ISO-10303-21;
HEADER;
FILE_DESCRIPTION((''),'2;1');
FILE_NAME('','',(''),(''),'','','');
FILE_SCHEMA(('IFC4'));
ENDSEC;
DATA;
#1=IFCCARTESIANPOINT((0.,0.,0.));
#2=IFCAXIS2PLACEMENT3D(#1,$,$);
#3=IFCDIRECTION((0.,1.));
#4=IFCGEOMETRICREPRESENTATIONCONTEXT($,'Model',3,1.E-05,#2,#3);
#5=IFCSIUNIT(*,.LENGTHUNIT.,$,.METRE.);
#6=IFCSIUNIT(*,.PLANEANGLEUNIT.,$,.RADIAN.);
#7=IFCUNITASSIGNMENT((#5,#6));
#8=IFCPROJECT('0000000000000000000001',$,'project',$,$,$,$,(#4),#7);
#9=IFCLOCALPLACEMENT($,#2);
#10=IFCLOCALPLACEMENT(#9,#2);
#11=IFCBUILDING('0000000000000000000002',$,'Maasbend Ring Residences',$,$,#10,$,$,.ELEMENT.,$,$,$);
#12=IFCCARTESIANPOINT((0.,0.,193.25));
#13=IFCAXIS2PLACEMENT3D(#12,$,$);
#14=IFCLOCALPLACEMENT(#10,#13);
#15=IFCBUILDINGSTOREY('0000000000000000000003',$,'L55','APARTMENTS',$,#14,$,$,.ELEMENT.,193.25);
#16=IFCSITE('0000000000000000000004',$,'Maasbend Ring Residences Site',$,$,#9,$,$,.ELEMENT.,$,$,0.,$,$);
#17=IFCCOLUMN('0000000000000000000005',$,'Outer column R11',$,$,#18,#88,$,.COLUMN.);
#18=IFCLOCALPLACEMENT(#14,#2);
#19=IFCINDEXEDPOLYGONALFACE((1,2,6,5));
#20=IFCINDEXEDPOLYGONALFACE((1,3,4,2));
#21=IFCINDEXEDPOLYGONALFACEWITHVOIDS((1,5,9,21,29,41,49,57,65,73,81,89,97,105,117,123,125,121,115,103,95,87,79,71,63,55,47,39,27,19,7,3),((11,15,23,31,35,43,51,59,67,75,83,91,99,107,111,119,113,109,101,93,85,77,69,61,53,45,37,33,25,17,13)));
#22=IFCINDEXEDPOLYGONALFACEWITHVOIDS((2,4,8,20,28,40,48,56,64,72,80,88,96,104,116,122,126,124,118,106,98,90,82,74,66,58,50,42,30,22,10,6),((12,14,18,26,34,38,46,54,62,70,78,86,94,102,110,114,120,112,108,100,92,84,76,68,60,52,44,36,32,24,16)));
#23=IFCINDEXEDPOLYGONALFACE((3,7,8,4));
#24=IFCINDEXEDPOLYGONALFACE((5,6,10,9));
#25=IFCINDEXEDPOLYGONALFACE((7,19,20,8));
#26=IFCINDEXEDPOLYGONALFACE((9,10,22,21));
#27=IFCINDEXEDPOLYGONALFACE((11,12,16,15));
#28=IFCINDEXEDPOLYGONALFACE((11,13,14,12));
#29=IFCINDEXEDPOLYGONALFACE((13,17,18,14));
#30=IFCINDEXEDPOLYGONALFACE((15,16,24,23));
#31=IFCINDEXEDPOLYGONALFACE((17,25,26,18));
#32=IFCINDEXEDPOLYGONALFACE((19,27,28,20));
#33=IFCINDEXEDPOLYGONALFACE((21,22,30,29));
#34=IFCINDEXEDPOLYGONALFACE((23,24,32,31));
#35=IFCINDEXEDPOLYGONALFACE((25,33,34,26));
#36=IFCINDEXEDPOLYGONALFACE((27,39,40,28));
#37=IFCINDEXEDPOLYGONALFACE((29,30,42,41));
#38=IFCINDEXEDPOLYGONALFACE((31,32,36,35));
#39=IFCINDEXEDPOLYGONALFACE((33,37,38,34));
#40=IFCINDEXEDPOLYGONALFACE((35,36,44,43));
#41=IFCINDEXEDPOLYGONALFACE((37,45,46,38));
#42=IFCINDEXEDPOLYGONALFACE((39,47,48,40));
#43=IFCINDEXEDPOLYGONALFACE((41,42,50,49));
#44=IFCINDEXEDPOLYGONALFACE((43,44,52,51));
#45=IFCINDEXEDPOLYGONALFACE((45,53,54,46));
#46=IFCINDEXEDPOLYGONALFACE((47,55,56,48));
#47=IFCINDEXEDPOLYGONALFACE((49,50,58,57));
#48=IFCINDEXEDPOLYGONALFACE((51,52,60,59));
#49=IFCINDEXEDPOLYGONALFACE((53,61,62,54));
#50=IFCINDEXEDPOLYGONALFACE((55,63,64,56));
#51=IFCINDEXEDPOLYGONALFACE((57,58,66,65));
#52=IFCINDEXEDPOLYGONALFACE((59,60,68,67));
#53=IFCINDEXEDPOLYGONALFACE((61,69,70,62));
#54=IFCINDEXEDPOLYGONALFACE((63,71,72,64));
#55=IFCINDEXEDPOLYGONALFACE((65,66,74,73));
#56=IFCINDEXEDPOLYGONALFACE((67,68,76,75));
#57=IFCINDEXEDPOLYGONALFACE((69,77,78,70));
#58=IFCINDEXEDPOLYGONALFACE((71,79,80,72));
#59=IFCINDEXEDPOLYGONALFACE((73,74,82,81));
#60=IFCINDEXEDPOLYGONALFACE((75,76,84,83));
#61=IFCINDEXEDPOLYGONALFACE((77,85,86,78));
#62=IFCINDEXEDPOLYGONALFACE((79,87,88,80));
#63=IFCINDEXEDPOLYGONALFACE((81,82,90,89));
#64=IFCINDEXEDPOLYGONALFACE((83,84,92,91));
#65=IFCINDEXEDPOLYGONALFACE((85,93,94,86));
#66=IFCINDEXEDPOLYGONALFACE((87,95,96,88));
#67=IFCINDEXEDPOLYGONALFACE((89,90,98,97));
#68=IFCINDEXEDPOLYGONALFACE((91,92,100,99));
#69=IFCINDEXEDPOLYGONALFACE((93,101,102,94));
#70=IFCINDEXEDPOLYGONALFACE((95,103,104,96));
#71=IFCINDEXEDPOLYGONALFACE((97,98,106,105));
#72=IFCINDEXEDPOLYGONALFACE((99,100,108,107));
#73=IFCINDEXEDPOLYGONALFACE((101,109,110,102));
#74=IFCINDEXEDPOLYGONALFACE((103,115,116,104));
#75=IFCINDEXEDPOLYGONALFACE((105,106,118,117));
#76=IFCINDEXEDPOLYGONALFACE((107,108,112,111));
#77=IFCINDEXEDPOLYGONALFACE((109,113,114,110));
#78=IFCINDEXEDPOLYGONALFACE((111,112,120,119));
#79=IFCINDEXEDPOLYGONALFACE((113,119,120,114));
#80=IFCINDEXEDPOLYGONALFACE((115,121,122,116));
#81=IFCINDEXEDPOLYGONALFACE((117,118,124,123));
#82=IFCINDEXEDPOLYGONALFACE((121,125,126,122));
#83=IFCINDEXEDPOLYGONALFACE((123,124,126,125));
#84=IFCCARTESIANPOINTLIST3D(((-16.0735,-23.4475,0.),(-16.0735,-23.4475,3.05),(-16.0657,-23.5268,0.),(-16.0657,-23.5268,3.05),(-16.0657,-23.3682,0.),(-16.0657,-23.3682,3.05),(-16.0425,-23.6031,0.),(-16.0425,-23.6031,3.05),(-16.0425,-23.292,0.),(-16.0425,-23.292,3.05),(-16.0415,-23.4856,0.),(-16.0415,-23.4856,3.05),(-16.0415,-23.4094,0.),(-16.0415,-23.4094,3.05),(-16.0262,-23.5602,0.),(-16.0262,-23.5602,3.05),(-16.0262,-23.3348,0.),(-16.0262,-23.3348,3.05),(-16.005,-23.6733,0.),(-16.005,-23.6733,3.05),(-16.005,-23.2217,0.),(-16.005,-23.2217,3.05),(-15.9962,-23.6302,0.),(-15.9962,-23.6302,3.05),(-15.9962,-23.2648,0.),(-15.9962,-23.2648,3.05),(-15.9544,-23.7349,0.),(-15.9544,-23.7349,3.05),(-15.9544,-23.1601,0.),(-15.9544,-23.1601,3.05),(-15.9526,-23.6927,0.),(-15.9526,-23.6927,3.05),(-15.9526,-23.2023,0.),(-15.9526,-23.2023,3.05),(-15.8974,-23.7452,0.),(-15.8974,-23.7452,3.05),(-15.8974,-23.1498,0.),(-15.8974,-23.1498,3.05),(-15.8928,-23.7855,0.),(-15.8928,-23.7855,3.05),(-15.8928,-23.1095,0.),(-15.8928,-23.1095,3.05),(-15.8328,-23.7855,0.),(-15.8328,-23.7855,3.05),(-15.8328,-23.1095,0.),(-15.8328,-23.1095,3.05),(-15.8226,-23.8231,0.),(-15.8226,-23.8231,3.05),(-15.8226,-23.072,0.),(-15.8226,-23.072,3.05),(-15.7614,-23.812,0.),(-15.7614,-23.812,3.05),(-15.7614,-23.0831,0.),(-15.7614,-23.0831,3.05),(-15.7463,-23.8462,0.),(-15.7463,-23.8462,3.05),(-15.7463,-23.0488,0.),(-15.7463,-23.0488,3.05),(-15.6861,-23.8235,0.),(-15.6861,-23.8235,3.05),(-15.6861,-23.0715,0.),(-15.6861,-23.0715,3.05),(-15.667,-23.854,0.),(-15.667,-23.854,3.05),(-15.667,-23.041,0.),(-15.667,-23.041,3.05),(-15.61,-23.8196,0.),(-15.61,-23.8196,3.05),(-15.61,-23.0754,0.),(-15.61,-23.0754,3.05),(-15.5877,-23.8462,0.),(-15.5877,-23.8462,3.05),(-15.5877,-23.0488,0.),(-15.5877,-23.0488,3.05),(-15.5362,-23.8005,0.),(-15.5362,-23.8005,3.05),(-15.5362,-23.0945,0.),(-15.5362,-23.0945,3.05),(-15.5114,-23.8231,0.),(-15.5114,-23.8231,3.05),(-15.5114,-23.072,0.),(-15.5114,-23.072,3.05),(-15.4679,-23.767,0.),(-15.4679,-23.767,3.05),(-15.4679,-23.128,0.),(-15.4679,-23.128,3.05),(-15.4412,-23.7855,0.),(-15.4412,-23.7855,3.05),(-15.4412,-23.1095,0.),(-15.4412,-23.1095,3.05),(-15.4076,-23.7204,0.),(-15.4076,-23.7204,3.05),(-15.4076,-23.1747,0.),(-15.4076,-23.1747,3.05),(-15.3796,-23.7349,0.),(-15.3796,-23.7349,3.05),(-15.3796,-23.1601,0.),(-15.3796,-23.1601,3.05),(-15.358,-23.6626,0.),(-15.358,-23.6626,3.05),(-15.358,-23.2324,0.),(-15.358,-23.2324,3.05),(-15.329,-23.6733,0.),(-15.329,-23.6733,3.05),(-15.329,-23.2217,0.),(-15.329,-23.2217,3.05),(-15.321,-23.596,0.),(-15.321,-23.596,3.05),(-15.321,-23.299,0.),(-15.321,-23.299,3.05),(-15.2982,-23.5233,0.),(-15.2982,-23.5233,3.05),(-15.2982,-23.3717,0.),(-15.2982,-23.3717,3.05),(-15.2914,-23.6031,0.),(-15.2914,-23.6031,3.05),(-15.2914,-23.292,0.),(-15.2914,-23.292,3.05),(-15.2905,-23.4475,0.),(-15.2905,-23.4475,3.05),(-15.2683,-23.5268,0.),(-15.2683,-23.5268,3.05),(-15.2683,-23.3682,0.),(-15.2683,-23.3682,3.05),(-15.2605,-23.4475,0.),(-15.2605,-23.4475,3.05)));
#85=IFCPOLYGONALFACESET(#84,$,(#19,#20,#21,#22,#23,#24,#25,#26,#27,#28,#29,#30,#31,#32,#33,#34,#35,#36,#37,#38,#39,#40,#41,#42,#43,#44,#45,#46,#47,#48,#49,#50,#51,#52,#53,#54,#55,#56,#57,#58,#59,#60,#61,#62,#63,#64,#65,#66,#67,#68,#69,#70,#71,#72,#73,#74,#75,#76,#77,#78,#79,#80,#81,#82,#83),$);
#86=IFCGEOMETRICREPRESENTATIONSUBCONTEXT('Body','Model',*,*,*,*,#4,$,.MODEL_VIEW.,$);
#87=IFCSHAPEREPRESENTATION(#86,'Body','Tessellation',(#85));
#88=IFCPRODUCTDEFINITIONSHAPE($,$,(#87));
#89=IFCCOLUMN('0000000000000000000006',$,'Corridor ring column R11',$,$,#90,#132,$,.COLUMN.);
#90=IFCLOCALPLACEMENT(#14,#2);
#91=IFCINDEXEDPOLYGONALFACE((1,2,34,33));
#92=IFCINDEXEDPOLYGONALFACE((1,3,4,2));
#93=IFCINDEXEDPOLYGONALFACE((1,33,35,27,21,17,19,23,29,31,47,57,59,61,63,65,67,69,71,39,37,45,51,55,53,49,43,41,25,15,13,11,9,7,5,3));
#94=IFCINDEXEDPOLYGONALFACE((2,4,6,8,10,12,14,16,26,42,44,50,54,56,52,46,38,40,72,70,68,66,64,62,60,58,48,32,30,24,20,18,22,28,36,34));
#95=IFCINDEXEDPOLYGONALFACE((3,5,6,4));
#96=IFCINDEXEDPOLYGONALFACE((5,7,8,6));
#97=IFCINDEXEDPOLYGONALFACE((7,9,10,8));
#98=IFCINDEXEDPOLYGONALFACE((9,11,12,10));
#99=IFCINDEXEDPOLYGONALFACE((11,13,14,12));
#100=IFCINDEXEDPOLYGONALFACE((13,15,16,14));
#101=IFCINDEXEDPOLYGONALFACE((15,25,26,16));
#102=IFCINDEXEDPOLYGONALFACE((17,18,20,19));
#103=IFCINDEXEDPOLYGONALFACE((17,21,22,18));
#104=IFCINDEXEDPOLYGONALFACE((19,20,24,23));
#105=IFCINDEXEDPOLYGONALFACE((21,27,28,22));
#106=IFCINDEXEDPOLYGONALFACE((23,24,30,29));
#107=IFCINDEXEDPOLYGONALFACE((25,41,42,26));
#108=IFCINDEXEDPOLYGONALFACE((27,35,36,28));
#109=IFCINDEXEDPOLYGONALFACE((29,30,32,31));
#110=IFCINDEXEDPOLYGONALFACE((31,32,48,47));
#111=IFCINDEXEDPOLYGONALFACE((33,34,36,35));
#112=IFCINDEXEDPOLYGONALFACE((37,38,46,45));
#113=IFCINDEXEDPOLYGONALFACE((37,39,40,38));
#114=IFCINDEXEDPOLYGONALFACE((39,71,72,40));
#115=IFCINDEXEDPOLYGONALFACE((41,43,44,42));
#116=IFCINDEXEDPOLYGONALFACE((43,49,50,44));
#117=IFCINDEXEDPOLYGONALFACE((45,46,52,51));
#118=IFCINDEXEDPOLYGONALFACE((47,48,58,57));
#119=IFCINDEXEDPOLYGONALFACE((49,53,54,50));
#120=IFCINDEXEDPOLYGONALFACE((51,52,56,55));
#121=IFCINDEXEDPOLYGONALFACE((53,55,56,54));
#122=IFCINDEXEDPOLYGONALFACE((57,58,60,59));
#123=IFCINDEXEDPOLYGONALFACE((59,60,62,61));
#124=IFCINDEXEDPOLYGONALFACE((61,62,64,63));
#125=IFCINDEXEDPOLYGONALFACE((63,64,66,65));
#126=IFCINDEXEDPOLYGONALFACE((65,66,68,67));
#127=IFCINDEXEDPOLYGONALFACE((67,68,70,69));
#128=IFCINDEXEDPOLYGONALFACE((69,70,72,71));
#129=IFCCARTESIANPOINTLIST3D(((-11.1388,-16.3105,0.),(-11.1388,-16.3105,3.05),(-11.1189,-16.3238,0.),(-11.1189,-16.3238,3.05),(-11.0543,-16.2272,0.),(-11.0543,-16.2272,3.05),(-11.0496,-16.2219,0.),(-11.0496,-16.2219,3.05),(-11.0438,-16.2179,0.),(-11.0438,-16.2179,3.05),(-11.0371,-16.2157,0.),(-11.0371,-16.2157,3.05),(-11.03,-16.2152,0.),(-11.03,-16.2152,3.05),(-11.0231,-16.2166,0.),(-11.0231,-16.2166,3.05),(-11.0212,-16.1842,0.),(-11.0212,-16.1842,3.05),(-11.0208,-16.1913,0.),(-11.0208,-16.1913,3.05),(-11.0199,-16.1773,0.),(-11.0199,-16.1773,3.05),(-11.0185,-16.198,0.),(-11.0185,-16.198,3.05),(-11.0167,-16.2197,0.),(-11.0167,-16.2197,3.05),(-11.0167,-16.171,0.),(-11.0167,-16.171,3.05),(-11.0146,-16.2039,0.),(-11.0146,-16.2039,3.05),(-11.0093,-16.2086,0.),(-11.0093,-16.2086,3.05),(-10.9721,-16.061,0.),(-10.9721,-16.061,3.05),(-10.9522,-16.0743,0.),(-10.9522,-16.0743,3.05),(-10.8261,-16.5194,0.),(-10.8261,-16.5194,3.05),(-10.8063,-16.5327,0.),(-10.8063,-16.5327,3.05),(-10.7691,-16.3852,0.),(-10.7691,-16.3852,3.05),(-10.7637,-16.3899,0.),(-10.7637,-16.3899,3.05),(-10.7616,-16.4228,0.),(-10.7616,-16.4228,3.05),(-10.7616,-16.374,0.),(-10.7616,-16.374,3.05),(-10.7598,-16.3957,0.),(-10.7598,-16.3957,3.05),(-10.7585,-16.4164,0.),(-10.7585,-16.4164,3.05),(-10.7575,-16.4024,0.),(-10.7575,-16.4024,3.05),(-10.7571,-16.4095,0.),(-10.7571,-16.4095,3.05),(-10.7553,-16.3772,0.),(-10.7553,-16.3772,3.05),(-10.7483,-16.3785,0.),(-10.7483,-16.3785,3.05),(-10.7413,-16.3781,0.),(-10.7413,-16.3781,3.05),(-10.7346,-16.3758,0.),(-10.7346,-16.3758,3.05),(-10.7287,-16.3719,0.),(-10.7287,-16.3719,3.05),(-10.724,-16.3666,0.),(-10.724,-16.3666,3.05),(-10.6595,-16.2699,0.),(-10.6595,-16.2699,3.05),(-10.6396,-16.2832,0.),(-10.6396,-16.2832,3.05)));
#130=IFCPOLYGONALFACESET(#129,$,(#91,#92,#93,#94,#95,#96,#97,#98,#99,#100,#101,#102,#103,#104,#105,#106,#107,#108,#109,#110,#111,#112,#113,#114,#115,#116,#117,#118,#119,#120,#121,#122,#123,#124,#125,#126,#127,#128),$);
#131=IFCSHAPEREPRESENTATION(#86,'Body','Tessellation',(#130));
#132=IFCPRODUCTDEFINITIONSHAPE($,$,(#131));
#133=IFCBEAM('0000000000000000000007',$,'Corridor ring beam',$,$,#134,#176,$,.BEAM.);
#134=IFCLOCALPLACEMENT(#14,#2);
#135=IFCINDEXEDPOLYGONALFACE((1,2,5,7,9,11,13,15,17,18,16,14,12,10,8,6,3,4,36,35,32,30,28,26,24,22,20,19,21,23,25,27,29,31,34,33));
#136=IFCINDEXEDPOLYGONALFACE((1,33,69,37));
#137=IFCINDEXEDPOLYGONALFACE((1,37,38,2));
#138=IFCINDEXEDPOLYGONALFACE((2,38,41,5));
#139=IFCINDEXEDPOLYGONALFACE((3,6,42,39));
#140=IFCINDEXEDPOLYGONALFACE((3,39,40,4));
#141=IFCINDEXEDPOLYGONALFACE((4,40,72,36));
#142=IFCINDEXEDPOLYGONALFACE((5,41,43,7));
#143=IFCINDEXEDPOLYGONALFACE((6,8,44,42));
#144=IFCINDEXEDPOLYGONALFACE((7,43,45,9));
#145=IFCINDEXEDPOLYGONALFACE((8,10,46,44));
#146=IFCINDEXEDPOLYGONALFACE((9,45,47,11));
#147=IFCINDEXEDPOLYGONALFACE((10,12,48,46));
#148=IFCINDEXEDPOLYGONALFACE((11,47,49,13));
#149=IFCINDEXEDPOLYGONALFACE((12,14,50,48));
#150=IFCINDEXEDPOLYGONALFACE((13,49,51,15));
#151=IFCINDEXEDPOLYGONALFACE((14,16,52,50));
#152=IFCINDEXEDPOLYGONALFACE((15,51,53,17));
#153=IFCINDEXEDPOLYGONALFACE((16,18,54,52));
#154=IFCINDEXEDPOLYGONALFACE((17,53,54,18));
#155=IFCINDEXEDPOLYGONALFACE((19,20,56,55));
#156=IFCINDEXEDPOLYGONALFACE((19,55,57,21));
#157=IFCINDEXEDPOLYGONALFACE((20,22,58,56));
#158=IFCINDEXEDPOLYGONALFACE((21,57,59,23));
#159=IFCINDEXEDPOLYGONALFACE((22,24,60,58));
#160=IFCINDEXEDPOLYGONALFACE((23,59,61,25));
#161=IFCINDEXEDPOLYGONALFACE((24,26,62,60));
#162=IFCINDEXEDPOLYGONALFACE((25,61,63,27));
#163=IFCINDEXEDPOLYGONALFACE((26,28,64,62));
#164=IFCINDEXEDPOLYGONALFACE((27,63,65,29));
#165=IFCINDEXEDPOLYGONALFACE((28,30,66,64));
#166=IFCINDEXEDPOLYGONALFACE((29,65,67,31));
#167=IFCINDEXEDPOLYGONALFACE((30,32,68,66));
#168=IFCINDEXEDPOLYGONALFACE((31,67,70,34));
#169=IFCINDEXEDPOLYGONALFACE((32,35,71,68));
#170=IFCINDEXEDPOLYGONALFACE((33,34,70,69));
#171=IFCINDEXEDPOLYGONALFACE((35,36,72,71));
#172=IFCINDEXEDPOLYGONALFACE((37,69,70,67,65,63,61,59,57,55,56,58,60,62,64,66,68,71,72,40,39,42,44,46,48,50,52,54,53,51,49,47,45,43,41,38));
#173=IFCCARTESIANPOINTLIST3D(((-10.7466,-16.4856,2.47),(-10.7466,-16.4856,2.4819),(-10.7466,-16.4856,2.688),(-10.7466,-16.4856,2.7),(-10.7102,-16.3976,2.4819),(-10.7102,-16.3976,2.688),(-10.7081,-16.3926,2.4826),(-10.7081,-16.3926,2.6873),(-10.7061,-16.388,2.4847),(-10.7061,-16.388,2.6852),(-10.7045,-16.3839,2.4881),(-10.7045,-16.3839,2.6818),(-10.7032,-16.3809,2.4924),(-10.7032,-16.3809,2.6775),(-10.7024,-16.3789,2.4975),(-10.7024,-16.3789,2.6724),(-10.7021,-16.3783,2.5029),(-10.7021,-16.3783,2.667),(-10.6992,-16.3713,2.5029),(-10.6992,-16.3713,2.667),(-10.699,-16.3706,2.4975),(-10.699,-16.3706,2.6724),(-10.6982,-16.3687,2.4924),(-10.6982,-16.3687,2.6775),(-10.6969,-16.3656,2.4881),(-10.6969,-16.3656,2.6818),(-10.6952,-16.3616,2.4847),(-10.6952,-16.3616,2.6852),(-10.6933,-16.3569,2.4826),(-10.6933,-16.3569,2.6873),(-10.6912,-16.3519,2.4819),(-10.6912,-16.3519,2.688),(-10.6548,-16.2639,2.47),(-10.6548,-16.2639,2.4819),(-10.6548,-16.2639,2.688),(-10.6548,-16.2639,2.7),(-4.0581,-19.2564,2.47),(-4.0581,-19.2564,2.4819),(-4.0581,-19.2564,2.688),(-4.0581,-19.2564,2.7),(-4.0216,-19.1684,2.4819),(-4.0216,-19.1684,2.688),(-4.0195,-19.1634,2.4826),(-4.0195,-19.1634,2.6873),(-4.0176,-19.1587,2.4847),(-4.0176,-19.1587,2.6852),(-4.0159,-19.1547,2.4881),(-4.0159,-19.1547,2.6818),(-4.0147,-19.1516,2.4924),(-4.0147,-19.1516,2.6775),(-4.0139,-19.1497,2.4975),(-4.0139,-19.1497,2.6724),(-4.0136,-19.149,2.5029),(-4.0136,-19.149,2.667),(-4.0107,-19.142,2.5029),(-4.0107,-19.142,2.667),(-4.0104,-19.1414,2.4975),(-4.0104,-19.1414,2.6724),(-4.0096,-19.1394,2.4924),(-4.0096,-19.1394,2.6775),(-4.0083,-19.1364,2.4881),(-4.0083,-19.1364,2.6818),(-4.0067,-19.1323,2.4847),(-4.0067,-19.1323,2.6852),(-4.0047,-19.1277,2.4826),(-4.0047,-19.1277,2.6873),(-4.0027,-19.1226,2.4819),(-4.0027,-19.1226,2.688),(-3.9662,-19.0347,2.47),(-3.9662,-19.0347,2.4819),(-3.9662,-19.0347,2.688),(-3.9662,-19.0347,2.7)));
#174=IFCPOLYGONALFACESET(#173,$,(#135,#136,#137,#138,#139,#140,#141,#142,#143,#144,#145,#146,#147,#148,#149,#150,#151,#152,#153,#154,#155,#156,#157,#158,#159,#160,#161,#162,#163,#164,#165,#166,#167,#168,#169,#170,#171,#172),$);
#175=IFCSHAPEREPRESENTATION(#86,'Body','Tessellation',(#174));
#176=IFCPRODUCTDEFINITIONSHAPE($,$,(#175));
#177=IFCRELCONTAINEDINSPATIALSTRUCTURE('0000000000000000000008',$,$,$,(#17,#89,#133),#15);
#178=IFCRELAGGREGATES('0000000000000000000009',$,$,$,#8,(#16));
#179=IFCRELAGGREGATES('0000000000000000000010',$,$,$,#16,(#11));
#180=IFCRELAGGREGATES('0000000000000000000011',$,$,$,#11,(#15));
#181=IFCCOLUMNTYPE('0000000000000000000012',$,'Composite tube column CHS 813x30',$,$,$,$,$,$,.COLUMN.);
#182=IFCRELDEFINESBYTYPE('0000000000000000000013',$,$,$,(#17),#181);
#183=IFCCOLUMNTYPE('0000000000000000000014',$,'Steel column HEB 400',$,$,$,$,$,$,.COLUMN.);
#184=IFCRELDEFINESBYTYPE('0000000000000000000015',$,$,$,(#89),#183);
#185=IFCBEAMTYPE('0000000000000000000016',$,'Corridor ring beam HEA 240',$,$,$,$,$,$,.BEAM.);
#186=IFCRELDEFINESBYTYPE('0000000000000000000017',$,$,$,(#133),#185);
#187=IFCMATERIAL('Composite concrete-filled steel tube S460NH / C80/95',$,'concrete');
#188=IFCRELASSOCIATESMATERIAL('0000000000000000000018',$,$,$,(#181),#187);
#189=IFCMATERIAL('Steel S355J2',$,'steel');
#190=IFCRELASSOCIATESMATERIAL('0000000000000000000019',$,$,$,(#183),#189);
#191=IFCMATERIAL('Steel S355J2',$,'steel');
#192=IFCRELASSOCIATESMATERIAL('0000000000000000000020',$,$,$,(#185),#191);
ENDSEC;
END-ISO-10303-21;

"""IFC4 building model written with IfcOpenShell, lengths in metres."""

from ifc_helpers import new_model, si_unit, direction, frame, origin, origin_2d, place, context, subcontext, project, spatial, hollow_circle, i_section, extrude, material, material_profile, profile_set, type_object, element, save


model = new_model("IFC4")

# Units and contexts
model_context = context("Model", 3, precision=1e-05, world=origin(), true_north=direction((0.0, 1.0)))
body_context = subcontext(model_context, "Body", "Model", "MODEL_VIEW")
ifc_project = project(units=[si_unit("LENGTHUNIT", "METRE"), si_unit("PLANEANGLEUNIT", "RADIAN")], contexts=[model_context])

# Site, building, storey
site_placement = place(None, origin())
site = spatial("IfcSite", under=ifc_project, at=site_placement, Name="Maasbend Ring Residences Site", CompositionType="ELEMENT", RefElevation=0.0)
building_placement = place(site_placement, origin())
building = spatial("IfcBuilding", under=site, at=building_placement, Name="Maasbend Ring Residences", CompositionType="ELEMENT")
storey_placement = place(building_placement, frame((0.0, 0.0, 193.25)))
storey = spatial("IfcBuildingStorey", under=building, at=storey_placement, Name="L55", Description="APARTMENTS", CompositionType="ELEMENT", Elevation=193.25)

# Columns
ifc_material_1 = material(Name="Composite concrete-filled steel tube S460NH / C80/95", Category="concrete")
ifc_material_profile_1 = material_profile(ifc_material_1, hollow_circle(Radius=0.4065, WallThickness=0.03, at=origin_2d()), Name="Composite tube column CHS 813x30")
ifc_profile_set_1 = profile_set([ifc_material_profile_1], Name="Composite concrete-filled steel tube S460NH / C80/95")
column_type_1 = type_object("IfcColumnType", Name="Composite tube column CHS 813x30", PredefinedType="COLUMN", material=ifc_profile_set_1)
column_1_placement = place(storey_placement, frame((-15.667, -23.4475, 0.0), z_axis=(0.0, 0.0, 1.0), x_axis=(1.0, 0.0, 0.0)))
element("IfcColumn", 1, at=column_1_placement, inside=storey, type_object=column_type_1, Name="Outer column R11", PredefinedType="COLUMN", context=body_context, shape_type="SweptSolid", body=[
    extrude(hollow_circle(Radius=0.4065, WallThickness=0.03, at=origin_2d()), origin(), (0.0, 0.0, 1.0), 3.05),
])
ifc_material_2 = material(Name="Steel S355J2", Category="steel")
ifc_material_profile_2 = material_profile(ifc_material_2, i_section(OverallWidth=0.3, OverallDepth=0.3999, WebThickness=0.0134, FlangeThickness=0.0239, FilletRadius=0.0271, at=origin_2d()), Name="HEB 400")
ifc_profile_set_2 = profile_set([ifc_material_profile_2], Name="Steel S355J2")
column_type_2 = type_object("IfcColumnType", Name="Steel column HEB 400", PredefinedType="COLUMN", material=ifc_profile_set_2)
column_2_placement = place(storey_placement, frame((-10.8892, -16.2969, 0.0), z_axis=(0.0, 0.0, 1.0), x_axis=(-0.55557, -0.83147, 0.0)))
element("IfcColumn", 2, at=column_2_placement, inside=storey, type_object=column_type_2, Name="Corridor ring column R11", PredefinedType="COLUMN", context=body_context, shape_type="SweptSolid", body=[
    extrude(i_section(OverallWidth=0.3, OverallDepth=0.3999, WebThickness=0.0134, FlangeThickness=0.0239, FilletRadius=0.0271, at=origin_2d()), origin(), (0.0, 0.0, 1.0), 3.05),
])

# Beam
ifc_material_3 = material(Name="Steel S355J2", Category="steel")
ifc_material_profile_3 = material_profile(ifc_material_3, i_section(OverallWidth=0.24, OverallDepth=0.23, WebThickness=0.0076, FlangeThickness=0.012, FilletRadius=0.021, at=origin_2d()), Name="HEA 240")
ifc_profile_set_3 = profile_set([ifc_material_profile_3], Name="Steel S355J2")
beam_type_1 = type_object("IfcBeamType", Name="Corridor ring beam HEA 240", PredefinedType="BEAM", material=ifc_profile_set_3)
beam_1_placement = place(storey_placement, frame((-10.7007, -16.3748, 2.585), z_axis=(0.923865, -0.382718, 0.0), x_axis=(0.382718, 0.923865, 0.0)))
element("IfcBeam", 3, at=beam_1_placement, inside=storey, type_object=beam_type_1, Name="Corridor ring beam", PredefinedType="BEAM", context=body_context, shape_type="SweptSolid", body=[
    extrude(i_section(OverallWidth=0.24, OverallDepth=0.23, WebThickness=0.0076, FlangeThickness=0.012, FilletRadius=0.021, at=origin_2d()), origin(), (0.0, 0.0, 1.0), 7.2397),
])

save(model, "model.ifc")
